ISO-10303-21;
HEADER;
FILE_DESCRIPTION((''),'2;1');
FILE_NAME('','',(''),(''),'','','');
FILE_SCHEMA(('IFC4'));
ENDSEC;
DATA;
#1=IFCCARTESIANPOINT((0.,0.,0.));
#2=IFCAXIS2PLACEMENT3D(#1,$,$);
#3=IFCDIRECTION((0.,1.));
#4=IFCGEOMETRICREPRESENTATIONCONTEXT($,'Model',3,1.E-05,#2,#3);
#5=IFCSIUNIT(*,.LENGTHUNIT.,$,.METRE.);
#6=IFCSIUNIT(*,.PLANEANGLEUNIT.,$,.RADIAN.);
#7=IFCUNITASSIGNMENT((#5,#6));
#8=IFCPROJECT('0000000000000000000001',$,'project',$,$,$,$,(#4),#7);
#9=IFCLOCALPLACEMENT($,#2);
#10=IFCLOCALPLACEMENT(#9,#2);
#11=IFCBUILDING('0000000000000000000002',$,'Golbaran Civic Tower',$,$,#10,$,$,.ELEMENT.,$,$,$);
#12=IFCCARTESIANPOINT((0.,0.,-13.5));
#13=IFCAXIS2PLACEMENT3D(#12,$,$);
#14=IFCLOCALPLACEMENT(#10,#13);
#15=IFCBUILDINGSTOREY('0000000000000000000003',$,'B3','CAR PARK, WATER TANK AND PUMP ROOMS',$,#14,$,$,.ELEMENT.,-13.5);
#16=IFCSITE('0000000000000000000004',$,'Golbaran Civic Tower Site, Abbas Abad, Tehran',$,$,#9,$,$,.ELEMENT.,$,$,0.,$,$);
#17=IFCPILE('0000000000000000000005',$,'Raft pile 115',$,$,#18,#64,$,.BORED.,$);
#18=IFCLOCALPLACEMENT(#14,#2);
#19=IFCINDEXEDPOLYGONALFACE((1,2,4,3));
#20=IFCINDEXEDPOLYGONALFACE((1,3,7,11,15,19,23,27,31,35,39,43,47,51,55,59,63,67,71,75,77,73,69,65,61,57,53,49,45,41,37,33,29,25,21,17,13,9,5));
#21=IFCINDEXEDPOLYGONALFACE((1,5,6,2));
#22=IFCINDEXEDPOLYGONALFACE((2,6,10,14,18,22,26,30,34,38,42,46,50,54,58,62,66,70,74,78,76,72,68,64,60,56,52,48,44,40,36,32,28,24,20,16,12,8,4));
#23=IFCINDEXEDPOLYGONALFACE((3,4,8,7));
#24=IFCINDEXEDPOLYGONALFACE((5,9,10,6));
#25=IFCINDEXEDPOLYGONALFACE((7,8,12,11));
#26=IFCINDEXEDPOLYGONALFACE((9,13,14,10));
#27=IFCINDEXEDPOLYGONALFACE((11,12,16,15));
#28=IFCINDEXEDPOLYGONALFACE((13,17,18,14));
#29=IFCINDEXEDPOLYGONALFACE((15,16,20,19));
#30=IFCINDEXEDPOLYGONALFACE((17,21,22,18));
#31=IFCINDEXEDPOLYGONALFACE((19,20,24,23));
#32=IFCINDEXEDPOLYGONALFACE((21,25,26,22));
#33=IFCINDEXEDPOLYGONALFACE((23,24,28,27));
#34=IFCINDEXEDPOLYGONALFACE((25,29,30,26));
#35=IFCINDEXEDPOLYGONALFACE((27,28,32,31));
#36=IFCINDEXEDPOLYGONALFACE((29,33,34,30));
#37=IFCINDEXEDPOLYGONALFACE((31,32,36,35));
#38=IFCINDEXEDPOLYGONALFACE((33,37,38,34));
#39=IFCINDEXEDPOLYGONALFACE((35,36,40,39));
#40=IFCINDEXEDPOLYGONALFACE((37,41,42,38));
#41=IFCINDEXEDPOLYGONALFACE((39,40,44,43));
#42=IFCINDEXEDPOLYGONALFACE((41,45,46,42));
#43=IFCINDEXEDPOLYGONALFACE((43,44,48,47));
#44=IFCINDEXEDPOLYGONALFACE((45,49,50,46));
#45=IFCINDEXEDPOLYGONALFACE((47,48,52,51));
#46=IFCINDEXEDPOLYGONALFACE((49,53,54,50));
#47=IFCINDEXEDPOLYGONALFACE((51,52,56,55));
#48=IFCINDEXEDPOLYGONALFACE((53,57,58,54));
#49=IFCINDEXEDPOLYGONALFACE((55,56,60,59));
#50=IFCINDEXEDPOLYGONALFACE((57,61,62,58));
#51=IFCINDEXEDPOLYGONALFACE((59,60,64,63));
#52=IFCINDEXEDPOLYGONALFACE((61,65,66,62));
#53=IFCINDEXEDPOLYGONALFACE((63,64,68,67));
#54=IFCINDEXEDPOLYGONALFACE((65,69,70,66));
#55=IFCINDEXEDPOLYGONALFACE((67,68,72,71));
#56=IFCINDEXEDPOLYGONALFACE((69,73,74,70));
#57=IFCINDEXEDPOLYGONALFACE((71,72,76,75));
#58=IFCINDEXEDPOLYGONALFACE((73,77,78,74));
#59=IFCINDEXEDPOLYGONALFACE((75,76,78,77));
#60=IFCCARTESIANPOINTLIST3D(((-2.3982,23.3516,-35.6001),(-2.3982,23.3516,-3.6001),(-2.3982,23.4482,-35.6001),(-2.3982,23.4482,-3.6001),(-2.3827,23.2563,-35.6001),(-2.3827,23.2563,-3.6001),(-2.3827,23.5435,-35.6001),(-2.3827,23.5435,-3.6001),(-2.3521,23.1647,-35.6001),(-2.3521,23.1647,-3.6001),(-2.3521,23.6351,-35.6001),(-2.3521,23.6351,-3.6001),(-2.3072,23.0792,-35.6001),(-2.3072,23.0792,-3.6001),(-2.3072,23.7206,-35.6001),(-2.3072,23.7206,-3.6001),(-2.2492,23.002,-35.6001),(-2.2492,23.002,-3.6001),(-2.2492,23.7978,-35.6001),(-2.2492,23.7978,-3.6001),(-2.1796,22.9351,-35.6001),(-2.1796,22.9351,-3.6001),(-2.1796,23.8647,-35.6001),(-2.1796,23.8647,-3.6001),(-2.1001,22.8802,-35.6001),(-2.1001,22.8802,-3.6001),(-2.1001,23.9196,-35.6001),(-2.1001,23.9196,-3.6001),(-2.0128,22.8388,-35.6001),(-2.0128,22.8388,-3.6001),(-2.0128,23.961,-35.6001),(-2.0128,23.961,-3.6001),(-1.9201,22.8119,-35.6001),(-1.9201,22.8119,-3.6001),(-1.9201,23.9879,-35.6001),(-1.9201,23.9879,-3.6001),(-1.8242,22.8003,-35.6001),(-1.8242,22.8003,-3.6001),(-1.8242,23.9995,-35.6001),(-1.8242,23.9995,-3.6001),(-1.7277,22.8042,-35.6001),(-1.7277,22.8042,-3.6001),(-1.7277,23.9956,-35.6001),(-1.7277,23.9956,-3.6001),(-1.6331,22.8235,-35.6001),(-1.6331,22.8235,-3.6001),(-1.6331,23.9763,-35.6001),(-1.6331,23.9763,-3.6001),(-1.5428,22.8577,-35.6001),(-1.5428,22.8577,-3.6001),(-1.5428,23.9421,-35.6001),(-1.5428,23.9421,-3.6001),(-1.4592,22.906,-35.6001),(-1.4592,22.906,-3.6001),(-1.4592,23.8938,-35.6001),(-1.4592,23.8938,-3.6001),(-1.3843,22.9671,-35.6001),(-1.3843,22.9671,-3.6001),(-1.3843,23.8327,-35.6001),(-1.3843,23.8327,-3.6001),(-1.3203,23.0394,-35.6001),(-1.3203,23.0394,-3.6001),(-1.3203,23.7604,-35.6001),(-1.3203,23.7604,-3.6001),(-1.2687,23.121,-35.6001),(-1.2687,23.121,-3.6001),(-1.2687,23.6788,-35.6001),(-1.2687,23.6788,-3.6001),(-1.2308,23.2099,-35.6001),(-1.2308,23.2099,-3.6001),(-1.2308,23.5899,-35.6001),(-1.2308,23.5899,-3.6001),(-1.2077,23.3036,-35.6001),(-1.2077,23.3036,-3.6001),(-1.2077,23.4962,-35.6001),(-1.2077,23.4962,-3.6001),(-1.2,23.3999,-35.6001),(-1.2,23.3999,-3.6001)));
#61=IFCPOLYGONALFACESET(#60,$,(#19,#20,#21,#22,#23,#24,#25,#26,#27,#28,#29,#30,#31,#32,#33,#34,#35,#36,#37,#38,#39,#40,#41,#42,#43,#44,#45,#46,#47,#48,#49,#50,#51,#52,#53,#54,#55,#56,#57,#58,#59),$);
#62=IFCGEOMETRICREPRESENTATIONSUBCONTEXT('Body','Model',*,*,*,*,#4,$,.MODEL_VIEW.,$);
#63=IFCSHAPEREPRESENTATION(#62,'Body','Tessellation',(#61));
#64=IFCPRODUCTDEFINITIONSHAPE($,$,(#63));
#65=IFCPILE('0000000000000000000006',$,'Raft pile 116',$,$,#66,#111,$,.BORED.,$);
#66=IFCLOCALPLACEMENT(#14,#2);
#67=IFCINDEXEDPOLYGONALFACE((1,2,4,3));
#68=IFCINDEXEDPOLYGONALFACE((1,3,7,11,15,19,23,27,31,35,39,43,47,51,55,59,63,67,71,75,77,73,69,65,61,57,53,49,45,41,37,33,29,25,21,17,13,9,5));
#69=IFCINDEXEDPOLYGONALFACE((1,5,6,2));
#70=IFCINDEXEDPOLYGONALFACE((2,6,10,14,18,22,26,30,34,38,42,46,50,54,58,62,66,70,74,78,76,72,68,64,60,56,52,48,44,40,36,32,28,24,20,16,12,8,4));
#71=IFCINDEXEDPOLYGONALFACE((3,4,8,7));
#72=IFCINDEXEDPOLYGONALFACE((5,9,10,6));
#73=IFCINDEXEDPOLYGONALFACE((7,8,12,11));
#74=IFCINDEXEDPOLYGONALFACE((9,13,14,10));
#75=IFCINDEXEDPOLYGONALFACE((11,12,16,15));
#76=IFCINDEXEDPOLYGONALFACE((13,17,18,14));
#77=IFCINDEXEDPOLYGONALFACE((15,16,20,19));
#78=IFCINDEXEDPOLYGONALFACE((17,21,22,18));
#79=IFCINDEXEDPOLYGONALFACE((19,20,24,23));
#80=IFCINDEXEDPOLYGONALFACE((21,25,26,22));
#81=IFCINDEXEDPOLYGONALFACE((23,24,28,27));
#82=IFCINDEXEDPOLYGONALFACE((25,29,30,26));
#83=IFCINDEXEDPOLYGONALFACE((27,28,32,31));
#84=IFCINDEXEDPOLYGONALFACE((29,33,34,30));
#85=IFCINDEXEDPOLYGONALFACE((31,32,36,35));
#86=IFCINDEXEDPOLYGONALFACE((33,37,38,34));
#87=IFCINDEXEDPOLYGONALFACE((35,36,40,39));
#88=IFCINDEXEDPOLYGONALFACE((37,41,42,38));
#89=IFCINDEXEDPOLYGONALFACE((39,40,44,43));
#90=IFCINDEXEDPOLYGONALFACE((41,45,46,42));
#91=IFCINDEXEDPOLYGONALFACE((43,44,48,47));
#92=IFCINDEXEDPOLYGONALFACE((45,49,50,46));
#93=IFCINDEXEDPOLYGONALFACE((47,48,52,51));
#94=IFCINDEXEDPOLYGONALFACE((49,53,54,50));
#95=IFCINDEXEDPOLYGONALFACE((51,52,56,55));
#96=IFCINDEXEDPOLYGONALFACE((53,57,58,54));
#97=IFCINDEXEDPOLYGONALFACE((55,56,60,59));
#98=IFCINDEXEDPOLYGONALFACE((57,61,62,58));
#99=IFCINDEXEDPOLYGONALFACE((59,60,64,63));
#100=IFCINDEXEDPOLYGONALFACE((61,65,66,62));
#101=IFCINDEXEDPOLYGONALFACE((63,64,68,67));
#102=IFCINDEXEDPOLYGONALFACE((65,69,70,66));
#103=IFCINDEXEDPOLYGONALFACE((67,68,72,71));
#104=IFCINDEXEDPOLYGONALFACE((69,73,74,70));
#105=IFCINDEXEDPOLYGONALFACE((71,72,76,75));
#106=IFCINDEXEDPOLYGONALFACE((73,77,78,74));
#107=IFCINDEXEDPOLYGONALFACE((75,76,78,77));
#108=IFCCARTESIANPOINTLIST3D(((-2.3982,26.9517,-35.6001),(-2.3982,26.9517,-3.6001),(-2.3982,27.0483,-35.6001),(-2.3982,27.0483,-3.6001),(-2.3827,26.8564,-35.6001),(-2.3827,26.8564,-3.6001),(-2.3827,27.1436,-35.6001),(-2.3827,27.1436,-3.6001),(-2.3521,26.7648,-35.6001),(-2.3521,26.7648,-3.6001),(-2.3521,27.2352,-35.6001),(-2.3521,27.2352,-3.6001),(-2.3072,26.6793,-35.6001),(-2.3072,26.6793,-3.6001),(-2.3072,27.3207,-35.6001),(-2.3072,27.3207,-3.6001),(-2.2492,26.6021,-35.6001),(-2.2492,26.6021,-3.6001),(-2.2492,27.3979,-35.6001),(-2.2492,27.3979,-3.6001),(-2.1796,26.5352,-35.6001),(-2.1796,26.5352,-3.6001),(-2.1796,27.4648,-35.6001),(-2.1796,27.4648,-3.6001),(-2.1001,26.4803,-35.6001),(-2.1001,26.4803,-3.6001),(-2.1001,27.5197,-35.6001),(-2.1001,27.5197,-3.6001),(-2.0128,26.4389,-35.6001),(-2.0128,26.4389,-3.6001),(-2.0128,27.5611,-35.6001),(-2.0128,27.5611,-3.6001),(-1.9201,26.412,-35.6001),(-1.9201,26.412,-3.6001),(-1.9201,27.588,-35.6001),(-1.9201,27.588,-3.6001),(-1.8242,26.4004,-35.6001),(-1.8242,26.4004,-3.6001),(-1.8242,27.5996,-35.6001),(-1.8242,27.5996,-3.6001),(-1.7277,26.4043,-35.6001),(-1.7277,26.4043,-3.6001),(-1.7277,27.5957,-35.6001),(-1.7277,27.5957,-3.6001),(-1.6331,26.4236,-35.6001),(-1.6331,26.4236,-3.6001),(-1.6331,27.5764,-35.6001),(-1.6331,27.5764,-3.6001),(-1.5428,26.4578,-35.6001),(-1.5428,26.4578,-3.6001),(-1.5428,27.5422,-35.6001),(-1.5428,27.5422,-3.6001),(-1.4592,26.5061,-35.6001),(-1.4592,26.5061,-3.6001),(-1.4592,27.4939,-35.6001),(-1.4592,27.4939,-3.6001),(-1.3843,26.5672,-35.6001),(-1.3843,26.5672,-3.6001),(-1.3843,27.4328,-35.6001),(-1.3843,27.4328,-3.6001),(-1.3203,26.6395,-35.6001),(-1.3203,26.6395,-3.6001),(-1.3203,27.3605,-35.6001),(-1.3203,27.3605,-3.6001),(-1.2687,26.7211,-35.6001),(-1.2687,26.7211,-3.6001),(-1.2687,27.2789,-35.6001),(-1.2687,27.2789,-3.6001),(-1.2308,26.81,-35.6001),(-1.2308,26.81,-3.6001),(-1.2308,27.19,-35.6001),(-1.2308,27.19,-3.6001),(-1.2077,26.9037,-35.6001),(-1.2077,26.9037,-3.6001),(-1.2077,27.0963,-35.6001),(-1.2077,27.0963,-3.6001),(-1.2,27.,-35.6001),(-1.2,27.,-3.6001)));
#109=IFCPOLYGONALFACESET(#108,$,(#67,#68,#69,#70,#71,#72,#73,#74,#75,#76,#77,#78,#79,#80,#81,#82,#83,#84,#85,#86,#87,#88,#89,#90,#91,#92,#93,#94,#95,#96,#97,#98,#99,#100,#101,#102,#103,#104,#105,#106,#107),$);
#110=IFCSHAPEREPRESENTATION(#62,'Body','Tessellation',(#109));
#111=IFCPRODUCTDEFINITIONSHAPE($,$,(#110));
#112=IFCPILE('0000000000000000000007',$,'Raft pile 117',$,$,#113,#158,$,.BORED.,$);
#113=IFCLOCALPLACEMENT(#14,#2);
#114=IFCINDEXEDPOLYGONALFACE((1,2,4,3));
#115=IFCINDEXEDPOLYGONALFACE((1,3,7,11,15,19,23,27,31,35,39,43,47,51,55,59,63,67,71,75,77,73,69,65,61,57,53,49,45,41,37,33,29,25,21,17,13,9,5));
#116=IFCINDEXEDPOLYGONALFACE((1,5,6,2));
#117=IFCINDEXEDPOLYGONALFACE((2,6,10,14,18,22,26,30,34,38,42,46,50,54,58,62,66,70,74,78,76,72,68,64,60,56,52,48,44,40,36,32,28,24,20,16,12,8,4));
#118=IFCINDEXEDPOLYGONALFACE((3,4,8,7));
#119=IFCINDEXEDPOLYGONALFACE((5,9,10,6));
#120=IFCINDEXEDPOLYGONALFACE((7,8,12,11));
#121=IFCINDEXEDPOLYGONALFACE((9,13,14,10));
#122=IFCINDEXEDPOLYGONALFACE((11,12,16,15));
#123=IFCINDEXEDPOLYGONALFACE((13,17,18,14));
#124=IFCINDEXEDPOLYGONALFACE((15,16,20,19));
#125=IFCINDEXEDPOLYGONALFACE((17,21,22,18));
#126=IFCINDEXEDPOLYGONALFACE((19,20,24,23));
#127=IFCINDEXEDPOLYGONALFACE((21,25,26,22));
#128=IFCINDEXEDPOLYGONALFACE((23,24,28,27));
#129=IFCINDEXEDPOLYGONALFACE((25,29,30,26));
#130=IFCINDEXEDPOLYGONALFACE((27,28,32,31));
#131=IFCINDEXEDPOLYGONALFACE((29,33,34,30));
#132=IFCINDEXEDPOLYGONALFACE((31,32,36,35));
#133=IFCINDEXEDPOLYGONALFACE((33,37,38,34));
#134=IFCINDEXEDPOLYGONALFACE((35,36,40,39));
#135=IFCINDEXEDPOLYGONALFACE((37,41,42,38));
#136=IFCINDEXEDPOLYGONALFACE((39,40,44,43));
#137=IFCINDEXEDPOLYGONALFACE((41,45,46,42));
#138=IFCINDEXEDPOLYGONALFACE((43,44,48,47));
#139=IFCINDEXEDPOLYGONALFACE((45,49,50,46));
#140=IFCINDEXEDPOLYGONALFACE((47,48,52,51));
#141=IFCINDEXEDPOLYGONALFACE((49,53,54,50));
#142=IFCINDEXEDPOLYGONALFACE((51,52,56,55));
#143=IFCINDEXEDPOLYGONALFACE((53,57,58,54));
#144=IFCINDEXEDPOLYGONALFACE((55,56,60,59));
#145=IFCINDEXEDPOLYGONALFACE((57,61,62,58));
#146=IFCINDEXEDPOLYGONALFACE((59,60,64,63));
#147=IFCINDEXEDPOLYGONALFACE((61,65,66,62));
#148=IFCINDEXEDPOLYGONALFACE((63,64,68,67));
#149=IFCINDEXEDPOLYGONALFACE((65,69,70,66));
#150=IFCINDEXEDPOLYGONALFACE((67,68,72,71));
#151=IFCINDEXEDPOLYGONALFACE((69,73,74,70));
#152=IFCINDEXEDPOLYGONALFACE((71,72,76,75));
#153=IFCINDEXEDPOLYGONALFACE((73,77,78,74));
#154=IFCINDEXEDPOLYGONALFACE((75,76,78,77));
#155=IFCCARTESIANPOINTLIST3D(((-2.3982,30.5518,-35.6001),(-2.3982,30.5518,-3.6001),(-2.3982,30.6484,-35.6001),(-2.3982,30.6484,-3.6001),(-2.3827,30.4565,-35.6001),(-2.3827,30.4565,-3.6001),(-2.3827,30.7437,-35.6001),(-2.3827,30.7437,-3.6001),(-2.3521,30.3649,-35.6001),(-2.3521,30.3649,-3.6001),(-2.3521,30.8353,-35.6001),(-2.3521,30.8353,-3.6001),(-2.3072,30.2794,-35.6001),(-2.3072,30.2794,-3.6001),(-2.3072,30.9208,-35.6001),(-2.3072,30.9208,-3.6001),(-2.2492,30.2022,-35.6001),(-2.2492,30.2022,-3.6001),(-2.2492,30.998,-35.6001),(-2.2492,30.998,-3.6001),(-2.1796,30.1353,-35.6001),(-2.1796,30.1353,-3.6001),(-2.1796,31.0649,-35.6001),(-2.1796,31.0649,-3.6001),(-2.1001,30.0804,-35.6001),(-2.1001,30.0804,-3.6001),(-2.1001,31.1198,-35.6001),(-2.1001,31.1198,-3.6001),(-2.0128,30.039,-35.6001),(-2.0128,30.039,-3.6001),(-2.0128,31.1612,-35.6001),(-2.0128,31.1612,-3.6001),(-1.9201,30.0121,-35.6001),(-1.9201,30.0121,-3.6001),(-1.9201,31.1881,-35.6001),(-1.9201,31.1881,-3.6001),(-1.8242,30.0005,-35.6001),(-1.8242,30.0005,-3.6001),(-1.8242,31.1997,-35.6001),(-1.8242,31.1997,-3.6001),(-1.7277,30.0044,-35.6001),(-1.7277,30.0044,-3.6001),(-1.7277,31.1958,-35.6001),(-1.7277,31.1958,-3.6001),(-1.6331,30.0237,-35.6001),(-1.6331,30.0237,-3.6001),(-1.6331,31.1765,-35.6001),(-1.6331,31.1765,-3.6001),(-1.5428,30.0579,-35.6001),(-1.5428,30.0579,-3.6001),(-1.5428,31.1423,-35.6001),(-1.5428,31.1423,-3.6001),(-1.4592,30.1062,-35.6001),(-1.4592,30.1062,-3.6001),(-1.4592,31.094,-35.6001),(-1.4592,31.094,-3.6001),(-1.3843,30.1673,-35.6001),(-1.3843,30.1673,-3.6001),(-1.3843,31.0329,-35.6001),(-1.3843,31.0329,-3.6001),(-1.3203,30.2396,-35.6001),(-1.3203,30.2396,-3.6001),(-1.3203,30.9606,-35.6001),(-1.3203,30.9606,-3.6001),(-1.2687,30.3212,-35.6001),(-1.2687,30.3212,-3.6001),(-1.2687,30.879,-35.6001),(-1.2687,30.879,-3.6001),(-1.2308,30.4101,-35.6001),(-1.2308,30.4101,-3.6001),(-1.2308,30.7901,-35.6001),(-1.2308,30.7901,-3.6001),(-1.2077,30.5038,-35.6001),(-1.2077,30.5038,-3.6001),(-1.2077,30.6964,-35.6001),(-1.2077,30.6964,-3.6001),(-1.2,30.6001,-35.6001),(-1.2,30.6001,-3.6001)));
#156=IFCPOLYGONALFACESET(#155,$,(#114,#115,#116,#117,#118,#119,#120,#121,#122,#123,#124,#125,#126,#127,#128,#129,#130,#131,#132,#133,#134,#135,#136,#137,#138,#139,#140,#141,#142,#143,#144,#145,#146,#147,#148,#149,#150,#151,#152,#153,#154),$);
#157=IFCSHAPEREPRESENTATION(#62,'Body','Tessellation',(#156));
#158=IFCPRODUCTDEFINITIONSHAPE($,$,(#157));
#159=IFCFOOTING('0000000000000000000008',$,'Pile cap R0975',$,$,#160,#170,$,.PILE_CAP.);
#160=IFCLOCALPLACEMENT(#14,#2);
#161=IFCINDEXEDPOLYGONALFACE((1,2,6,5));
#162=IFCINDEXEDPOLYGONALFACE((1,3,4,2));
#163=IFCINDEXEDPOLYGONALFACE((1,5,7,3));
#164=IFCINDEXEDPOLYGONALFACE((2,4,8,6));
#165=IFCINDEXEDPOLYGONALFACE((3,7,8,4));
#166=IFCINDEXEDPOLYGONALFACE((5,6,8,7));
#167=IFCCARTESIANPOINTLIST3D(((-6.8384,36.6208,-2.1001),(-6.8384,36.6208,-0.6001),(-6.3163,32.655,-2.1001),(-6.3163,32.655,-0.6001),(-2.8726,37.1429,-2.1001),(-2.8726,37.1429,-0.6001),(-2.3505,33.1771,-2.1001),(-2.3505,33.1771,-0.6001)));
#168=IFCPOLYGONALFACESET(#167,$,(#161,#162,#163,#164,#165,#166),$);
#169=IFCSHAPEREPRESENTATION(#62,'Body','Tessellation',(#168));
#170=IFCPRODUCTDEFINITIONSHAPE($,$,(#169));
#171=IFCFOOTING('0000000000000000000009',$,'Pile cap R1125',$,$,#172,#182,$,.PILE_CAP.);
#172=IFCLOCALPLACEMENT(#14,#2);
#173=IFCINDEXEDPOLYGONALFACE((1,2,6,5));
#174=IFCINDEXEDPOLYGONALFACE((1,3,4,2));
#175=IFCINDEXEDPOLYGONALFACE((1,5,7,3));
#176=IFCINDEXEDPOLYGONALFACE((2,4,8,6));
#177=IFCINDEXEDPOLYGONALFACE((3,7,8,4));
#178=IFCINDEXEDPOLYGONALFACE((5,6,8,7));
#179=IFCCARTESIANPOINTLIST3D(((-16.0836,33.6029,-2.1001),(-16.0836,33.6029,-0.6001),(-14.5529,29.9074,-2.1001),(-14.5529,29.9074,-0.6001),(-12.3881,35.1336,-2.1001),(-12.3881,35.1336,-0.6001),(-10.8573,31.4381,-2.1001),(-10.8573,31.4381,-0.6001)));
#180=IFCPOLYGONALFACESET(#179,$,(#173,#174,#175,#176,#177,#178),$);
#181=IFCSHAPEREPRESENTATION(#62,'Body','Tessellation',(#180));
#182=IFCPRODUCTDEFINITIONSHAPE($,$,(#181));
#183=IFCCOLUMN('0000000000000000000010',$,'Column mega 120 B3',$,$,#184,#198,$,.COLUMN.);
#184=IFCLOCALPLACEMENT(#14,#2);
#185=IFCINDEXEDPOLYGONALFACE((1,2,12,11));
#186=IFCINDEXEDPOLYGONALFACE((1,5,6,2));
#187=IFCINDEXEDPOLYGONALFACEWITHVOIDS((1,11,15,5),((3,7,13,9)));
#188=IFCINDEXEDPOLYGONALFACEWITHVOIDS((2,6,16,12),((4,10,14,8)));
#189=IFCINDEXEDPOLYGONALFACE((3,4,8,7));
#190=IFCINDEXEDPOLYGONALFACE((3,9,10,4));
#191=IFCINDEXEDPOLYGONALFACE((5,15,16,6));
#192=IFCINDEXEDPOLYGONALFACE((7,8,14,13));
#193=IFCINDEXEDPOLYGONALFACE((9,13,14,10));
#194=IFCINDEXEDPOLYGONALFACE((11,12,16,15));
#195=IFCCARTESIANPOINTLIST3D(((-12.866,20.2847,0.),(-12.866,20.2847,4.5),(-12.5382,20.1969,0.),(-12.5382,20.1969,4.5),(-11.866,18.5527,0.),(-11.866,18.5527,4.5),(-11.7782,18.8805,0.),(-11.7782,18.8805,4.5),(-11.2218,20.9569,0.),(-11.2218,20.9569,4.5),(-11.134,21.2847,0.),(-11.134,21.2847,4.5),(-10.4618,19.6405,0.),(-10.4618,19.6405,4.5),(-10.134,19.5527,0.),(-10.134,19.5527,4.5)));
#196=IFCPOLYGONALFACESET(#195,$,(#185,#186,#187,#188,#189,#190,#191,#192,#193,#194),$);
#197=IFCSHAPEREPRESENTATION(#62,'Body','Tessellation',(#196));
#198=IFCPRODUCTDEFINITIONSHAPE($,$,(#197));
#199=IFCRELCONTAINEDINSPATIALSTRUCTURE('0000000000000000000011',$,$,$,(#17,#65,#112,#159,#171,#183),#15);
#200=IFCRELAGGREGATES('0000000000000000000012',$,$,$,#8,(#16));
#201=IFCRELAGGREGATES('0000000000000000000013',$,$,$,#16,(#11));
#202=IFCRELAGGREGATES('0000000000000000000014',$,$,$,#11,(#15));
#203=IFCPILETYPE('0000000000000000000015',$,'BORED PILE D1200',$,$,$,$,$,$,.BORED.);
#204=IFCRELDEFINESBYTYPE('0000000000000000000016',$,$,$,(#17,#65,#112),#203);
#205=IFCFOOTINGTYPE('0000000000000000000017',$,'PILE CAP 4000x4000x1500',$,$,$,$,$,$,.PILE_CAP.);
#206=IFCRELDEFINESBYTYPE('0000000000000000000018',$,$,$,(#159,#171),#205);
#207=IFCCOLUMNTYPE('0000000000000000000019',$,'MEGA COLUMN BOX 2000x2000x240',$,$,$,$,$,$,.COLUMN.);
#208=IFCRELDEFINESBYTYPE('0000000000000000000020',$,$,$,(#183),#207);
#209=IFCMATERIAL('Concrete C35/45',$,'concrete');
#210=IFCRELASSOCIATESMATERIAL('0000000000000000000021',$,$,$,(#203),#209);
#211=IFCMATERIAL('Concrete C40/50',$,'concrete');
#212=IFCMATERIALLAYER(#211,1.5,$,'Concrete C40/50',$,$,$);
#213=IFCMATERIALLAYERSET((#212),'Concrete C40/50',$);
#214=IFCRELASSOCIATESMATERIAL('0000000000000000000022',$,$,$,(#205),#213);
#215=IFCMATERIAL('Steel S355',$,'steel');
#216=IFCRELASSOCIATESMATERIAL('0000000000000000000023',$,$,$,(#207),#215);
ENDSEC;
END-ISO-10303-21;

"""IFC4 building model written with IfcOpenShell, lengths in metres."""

from ifc_helpers import new_model, si_unit, direction, frame, origin, origin_2d, place, context, subcontext, project, spatial, rectangle, hollow_rectangle, circle, extrude, material, layer, layer_set, material_profile, profile_set, type_object, element, save


model = new_model("IFC4")

# Units and contexts
model_context = context("Model", 3, precision=1e-05, world=origin(), true_north=direction((0.0, 1.0)))
body_context = subcontext(model_context, "Body", "Model", "MODEL_VIEW")
ifc_project = project(units=[si_unit("LENGTHUNIT", "METRE"), si_unit("PLANEANGLEUNIT", "RADIAN")], contexts=[model_context])

# Site, building, storey
site_placement = place(None, origin())
site = spatial("IfcSite", under=ifc_project, at=site_placement, Name="Golbaran Civic Tower Site, Abbas Abad, Tehran", CompositionType="ELEMENT", RefElevation=0.0)
building_placement = place(site_placement, origin())
building = spatial("IfcBuilding", under=site, at=building_placement, Name="Golbaran Civic Tower", CompositionType="ELEMENT")
storey_placement = place(building_placement, frame((0.0, 0.0, -13.5)))
storey = spatial("IfcBuildingStorey", under=building, at=storey_placement, Name="B3", Description="CAR PARK, WATER TANK AND PUMP ROOMS", CompositionType="ELEMENT", Elevation=-13.5)

# Piles
ifc_material_1 = material(Name="Concrete C35/45", Category="concrete")
ifc_material_profile_1 = material_profile(ifc_material_1, circle(Radius=0.6001, at=origin_2d()), Name="BORED PILE D1200")
ifc_profile_set_1 = profile_set([ifc_material_profile_1], Name="Concrete C35/45")
pile_type_1 = type_object("IfcPileType", Name="BORED PILE D1200", PredefinedType="BORED", material=ifc_profile_set_1)
for number, where, z_axis, x_axis, name in (
    (1, (-1.8, 23.3999, -3.6001), (0.0, 0.0, -1.0), (1.0, 0.0, 0.0), "Raft pile 115"),
    (2, (-1.8, 27.0, -3.6001), (0.0, 0.0, -1.0), (1.0, 0.0, 0.0), "Raft pile 116"),
    (3, (-1.8, 30.6001, -3.6001), (0.0, 0.0, -1.0), (1.0, 0.0, 0.0), "Raft pile 117"),
):
    element("IfcPile", number, at=place(storey_placement, frame(where, z_axis=z_axis, x_axis=x_axis)), inside=storey, type_object=pile_type_1, Name=name, PredefinedType="BORED", context=body_context, shape_type="SweptSolid", body=[
        extrude(circle(Radius=0.6001, at=origin_2d()), origin(), (0.0, 0.0, 1.0), 32.0),
    ])

# Footings
ifc_material_2 = material(Name="Concrete C40/50", Category="concrete")
ifc_layer_1 = layer(ifc_material_2, 1.5, Name="Concrete C40/50")
ifc_layer_set_1 = layer_set([ifc_layer_1], Name="Concrete C40/50")
footing_type = type_object("IfcFootingType", Name="PILE CAP 4000x4000x1500", PredefinedType="PILE_CAP", material=ifc_layer_set_1)
for number, where, z_axis, x_axis, name in (
    (4, (-4.5945, 34.8989, -2.1001), (0.0, 0.0, 1.0), (-0.130526, 0.991445, 0.0), "Pile cap R0975"),
    (5, (-13.4705, 32.5205, -2.1001), (0.0, 0.0, 1.0), (-0.382683, 0.92388, 0.0), "Pile cap R1125"),
):
    element("IfcFooting", number, at=place(storey_placement, frame(where, z_axis=z_axis, x_axis=x_axis)), inside=storey, type_object=footing_type, Name=name, PredefinedType="PILE_CAP", context=body_context, shape_type="SweptSolid", body=[
        extrude(rectangle(XDim=4.0, YDim=4.0, at=origin_2d()), origin(), (0.0, 0.0, 1.0), 1.5),
    ])

# Column
ifc_material_3 = material(Name="Steel S355", Category="steel")
ifc_material_profile_2 = material_profile(ifc_material_3, hollow_rectangle(XDim=2.0, YDim=2.0, WallThickness=0.24, at=origin_2d()), Name="BOX 2000x2000x240")
ifc_profile_set_2 = profile_set([ifc_material_profile_2], Name="Steel S355")
column_type_1 = type_object("IfcColumnType", Name="MEGA COLUMN BOX 2000x2000x240", PredefinedType="COLUMN", material=ifc_profile_set_2)
column_1_placement = place(storey_placement, frame((-11.5, 19.9187, 0.0), z_axis=(0.0, 0.0, 1.0), x_axis=(-0.5, 0.866025, 0.0)))
element("IfcColumn", 6, at=column_1_placement, inside=storey, type_object=column_type_1, Name="Column mega 120 B3", PredefinedType="COLUMN", context=body_context, shape_type="SweptSolid", body=[
    extrude(hollow_rectangle(XDim=2.0, YDim=2.0, WallThickness=0.24, at=origin_2d()), origin(), (0.0, 0.0, 1.0), 4.5),
])

save(model, "model.ifc")
